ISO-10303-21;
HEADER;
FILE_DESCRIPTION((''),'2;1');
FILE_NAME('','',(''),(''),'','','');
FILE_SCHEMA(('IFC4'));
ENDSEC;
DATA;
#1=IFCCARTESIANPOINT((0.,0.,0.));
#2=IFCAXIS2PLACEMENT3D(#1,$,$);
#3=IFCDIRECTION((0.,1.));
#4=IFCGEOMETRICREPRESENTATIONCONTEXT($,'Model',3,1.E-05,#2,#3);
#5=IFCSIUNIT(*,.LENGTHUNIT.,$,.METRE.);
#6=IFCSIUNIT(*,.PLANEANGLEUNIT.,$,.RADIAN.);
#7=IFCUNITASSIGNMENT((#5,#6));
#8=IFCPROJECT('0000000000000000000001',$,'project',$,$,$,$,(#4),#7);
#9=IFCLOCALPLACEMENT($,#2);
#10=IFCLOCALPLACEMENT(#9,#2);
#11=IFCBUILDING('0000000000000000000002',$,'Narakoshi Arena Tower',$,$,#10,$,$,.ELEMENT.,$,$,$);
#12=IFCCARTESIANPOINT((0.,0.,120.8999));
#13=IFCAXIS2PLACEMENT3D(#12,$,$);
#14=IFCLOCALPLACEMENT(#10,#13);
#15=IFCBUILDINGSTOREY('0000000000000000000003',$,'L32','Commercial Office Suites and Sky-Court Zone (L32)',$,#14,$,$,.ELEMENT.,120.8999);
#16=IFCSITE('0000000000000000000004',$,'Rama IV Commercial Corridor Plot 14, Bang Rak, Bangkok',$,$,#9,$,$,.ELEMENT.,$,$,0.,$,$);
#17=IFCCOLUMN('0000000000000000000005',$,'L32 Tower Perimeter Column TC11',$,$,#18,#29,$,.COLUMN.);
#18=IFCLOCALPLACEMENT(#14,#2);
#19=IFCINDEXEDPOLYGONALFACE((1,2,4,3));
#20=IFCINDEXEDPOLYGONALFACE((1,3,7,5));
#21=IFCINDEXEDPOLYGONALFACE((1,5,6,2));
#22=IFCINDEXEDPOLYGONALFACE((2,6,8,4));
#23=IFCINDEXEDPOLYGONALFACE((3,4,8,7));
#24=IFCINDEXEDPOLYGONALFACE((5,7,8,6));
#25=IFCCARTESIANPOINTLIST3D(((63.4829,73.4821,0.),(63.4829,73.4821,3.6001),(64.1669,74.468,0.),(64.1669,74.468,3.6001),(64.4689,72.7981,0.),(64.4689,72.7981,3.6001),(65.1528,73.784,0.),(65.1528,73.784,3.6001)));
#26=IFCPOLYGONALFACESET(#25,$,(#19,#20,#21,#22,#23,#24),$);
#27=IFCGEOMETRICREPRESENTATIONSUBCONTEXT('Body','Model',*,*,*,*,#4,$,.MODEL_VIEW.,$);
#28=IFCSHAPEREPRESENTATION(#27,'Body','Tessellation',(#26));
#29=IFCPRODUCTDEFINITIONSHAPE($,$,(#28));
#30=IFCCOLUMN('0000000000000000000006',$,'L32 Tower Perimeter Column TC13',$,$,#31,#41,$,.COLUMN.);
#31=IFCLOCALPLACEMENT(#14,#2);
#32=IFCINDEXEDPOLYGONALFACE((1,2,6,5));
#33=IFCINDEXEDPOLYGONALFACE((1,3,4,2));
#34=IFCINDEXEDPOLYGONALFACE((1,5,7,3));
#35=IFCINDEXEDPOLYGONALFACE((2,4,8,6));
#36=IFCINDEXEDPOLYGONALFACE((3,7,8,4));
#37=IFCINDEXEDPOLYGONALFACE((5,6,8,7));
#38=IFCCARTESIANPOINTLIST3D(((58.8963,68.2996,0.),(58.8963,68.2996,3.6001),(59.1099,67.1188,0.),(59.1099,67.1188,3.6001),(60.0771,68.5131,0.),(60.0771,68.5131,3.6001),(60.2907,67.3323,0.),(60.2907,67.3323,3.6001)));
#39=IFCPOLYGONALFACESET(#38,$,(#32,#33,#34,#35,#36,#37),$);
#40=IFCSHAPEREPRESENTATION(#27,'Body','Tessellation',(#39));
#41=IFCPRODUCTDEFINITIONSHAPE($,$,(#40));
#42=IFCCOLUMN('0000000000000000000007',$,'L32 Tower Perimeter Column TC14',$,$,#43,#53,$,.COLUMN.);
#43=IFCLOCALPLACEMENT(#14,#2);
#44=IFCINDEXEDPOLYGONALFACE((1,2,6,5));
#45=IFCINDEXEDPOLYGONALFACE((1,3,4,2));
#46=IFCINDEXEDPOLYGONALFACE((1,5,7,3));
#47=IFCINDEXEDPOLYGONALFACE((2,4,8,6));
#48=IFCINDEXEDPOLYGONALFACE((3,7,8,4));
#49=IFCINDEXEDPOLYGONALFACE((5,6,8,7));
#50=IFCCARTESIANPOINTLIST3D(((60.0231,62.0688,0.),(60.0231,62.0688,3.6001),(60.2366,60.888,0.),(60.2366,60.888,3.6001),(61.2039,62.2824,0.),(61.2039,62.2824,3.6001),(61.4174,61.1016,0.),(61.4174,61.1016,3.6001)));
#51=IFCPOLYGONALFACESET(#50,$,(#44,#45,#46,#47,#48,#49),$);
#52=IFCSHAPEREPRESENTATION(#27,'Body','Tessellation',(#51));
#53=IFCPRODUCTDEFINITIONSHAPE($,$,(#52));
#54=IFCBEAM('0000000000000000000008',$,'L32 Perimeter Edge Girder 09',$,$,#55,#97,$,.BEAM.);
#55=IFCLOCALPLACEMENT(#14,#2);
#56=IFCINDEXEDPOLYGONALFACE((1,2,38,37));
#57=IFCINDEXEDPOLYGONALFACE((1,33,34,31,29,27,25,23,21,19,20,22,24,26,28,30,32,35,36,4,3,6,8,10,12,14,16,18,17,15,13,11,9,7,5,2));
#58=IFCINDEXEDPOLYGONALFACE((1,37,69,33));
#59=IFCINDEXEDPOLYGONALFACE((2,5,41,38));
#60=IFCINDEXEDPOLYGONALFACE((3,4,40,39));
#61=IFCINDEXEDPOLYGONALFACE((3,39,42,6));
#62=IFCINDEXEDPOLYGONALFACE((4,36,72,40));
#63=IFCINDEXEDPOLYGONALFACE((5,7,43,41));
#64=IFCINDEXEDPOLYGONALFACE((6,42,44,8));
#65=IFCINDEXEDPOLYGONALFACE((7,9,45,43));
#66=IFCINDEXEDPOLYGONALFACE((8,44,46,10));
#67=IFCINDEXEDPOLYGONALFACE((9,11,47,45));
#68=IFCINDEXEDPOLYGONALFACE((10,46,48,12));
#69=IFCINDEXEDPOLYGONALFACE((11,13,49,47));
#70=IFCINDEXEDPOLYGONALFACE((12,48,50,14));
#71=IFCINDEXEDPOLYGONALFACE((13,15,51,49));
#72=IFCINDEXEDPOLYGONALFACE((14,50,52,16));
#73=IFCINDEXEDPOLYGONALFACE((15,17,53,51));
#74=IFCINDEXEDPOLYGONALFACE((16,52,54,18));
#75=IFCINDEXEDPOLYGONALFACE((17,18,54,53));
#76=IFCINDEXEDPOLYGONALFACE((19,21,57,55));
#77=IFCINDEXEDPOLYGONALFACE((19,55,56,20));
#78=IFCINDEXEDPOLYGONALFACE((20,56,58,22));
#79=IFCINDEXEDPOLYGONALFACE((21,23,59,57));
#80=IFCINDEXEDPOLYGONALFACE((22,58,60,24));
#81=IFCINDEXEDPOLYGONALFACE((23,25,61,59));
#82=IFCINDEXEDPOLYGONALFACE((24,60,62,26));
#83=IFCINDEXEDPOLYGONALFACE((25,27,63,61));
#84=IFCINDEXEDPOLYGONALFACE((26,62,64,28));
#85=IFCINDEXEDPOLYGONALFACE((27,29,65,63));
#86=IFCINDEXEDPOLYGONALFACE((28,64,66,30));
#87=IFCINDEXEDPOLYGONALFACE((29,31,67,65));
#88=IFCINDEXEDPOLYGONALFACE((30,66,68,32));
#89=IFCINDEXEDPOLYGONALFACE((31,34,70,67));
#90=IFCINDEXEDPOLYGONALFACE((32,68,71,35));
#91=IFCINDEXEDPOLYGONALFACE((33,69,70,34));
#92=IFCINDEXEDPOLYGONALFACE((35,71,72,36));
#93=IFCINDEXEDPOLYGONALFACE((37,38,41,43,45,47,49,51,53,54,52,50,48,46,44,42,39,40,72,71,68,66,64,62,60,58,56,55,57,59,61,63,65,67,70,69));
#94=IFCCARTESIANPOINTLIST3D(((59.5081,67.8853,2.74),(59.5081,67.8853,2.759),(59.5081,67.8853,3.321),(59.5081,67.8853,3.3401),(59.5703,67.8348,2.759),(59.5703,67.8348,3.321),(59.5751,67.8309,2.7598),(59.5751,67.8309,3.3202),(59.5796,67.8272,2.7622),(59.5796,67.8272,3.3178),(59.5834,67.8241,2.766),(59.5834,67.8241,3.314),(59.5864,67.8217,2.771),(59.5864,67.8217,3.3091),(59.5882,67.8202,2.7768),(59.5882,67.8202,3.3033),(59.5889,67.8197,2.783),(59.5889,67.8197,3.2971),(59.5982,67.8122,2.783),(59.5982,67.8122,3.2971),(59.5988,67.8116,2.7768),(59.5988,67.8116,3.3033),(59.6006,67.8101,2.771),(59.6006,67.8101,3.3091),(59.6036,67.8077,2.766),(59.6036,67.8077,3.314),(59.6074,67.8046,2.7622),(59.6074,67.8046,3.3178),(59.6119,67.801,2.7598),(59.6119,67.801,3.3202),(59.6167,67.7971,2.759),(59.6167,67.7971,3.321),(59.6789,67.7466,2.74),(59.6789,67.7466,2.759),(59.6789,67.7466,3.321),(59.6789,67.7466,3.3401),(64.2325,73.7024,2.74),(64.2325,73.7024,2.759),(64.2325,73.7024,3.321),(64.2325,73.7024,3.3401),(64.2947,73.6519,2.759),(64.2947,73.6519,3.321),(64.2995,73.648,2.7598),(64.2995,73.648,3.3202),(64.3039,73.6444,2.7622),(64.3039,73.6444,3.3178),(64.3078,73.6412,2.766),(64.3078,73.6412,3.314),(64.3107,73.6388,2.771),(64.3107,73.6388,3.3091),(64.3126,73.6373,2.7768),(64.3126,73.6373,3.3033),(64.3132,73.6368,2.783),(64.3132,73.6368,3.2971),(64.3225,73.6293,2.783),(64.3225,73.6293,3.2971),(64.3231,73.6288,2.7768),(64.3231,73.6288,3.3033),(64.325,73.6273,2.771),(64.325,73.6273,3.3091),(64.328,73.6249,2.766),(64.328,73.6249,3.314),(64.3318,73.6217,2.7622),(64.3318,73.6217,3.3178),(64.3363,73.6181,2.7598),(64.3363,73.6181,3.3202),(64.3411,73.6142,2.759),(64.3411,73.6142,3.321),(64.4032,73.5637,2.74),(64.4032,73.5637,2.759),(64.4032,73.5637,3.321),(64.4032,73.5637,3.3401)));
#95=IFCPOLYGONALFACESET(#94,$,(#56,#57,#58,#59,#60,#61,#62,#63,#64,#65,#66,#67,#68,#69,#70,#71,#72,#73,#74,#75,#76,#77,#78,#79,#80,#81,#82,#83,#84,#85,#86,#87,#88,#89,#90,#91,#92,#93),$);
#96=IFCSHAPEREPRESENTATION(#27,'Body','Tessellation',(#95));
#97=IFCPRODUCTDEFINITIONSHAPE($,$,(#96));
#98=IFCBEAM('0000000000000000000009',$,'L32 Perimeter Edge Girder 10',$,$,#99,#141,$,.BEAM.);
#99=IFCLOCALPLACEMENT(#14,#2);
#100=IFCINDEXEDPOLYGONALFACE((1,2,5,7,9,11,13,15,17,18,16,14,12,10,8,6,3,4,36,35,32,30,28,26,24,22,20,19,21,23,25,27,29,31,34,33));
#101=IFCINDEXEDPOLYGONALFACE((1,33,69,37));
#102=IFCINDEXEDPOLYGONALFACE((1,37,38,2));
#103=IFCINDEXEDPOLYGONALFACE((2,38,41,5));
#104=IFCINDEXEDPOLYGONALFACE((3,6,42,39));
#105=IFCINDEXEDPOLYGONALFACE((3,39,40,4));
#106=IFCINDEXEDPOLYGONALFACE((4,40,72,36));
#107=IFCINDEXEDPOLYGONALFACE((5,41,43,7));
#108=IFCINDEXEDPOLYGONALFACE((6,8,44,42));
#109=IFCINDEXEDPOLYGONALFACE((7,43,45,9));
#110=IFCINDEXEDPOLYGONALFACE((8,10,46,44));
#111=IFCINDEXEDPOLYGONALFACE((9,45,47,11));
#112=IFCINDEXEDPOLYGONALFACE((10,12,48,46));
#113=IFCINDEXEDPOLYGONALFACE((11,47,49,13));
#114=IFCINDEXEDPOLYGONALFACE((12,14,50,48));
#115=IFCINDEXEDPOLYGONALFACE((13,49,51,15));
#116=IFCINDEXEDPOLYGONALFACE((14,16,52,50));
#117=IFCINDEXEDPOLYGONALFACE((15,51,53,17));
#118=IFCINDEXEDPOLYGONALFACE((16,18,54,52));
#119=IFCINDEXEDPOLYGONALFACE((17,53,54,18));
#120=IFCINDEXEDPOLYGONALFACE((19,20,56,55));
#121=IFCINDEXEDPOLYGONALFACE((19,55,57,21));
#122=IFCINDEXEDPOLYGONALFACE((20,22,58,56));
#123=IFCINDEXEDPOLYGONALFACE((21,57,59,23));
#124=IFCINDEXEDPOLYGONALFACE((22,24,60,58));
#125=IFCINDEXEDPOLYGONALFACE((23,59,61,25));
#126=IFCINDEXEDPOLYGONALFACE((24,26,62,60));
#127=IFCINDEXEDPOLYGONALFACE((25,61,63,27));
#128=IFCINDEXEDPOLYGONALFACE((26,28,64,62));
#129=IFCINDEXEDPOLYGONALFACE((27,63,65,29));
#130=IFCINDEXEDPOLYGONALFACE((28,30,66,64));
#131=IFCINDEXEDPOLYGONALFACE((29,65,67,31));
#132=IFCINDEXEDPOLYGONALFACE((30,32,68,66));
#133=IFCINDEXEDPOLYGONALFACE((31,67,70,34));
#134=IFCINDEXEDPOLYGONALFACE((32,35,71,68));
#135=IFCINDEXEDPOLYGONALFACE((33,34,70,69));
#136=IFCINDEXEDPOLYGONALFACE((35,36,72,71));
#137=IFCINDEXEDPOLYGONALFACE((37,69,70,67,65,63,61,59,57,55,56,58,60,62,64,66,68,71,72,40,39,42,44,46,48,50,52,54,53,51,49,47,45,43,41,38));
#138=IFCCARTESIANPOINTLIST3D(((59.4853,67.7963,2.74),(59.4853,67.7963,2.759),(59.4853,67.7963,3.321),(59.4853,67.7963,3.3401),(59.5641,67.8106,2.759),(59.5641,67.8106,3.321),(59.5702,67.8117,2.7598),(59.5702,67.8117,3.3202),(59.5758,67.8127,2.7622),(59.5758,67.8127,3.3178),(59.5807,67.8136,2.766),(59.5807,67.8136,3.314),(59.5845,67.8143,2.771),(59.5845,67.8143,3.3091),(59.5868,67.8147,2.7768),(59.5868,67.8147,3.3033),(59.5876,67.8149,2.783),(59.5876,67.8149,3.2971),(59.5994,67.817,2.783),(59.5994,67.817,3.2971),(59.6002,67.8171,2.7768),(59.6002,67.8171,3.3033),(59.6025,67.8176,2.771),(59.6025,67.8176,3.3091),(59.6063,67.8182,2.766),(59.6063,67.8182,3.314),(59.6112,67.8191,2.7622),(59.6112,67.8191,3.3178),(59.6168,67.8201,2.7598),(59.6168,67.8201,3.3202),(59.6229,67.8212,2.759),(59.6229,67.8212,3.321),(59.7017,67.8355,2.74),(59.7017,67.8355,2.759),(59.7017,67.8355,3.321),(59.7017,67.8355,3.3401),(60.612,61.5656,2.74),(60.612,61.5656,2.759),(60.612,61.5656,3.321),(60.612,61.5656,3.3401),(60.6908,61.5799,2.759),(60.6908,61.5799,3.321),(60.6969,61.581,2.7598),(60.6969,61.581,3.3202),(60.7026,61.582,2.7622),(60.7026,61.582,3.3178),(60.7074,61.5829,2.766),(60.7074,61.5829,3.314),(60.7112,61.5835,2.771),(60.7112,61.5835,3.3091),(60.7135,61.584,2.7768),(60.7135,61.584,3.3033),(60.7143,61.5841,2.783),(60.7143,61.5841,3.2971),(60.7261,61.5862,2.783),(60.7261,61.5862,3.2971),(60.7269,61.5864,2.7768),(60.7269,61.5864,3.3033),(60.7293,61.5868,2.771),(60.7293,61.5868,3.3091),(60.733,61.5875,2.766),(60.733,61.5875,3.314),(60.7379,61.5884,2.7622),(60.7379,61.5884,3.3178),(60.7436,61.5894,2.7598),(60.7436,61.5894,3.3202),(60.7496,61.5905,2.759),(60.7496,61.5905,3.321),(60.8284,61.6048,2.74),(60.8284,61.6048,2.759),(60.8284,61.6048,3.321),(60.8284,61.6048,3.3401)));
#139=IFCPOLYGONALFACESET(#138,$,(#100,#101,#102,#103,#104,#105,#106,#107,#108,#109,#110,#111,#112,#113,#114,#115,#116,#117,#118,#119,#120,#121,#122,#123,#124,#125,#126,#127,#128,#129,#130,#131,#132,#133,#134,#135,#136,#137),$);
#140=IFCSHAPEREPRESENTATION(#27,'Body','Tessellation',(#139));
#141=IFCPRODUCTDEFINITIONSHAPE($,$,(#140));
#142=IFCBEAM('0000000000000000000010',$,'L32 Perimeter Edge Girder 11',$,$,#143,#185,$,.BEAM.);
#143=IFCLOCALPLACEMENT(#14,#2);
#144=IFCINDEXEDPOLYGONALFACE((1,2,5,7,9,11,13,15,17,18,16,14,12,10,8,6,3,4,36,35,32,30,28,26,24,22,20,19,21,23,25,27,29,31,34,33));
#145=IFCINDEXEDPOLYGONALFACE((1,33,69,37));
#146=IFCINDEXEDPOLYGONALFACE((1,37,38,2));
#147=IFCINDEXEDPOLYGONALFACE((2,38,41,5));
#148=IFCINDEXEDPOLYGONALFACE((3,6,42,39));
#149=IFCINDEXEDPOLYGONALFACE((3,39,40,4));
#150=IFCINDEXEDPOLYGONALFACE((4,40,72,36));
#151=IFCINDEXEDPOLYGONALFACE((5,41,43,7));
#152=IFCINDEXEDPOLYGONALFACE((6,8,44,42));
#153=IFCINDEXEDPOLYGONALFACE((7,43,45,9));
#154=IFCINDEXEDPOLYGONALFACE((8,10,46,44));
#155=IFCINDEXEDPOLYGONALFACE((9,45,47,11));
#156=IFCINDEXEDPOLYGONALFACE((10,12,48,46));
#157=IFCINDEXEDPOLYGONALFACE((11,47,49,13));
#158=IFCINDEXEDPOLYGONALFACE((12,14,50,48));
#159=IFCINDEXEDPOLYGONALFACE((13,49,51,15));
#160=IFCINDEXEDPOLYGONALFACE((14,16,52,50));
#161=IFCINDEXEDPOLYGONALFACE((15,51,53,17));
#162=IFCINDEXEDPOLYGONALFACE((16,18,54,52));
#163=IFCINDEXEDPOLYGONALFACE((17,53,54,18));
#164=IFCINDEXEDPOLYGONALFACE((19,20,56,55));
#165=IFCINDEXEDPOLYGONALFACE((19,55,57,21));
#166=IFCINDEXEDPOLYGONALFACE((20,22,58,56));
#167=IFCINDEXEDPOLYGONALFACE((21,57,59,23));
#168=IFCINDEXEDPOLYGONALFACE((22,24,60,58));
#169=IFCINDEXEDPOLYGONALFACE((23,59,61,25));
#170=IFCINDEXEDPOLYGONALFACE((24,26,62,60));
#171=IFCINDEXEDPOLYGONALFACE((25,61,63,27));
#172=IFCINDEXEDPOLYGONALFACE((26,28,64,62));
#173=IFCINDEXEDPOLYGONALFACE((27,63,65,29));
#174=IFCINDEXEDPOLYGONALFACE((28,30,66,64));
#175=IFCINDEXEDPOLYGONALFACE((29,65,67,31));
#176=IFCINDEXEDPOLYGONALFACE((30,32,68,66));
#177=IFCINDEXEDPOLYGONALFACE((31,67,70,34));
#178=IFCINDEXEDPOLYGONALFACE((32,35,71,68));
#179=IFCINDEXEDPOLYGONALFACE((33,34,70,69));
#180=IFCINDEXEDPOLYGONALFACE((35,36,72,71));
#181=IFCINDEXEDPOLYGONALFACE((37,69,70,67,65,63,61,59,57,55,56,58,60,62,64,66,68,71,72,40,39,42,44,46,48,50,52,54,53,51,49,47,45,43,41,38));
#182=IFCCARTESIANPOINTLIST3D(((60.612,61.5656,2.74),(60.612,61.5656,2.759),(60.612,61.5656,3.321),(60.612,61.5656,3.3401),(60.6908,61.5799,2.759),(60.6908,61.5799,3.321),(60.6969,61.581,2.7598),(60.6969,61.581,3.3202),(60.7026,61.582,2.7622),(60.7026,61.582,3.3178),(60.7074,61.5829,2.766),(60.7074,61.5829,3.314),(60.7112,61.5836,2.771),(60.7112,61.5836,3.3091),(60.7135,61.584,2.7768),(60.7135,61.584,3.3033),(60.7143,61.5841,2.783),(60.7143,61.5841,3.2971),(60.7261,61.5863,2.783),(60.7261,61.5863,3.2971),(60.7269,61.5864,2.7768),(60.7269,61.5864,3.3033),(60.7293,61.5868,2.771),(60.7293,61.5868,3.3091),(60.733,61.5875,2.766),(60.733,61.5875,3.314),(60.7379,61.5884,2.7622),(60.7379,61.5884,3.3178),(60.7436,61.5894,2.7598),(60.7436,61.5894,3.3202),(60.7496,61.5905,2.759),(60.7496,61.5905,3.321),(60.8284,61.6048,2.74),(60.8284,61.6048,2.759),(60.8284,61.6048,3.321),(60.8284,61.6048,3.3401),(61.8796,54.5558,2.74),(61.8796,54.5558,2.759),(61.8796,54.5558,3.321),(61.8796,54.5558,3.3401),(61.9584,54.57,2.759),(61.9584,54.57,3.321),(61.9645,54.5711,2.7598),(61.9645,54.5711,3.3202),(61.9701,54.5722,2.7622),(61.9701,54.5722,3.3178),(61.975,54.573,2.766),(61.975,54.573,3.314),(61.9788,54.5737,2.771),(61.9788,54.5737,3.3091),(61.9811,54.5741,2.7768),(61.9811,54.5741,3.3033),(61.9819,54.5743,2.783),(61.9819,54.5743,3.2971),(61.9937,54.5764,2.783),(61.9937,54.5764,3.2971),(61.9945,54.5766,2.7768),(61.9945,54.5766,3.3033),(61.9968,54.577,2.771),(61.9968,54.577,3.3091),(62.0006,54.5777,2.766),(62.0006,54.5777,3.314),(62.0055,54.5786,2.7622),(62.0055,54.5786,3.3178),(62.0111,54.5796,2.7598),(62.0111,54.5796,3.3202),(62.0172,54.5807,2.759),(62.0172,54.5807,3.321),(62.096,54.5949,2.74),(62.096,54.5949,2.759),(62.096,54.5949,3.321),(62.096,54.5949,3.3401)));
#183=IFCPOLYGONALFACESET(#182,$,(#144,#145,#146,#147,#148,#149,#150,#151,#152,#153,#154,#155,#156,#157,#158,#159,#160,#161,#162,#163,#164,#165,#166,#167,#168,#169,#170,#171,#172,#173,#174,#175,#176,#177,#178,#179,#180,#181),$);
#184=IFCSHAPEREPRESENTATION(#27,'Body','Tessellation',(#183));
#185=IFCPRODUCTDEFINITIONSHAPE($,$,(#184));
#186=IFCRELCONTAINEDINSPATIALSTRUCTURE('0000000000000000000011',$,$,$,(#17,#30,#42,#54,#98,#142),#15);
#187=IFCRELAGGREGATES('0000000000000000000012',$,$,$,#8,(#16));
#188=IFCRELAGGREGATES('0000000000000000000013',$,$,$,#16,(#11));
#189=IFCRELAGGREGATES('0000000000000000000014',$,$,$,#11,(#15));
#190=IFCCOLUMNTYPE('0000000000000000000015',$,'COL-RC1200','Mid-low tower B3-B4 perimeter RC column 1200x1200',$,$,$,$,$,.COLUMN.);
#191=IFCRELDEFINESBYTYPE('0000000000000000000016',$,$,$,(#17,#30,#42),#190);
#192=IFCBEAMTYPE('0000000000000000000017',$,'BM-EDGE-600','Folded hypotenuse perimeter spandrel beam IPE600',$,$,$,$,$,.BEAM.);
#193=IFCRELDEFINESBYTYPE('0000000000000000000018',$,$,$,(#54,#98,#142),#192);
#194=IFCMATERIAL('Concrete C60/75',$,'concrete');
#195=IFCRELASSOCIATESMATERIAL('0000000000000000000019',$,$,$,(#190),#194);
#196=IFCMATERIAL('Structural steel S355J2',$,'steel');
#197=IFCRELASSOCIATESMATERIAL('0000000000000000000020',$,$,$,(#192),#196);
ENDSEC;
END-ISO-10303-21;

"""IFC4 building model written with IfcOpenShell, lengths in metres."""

from ifc_helpers import new_model, si_unit, direction, frame, origin, origin_2d, place, context, subcontext, project, spatial, rectangle, i_section, extrude, material, material_profile, profile_set, type_object, element, save


model = new_model("IFC4")

# Units and contexts
model_context = context("Model", 3, precision=1e-05, world=origin(), true_north=direction((0.0, 1.0)))
body_context = subcontext(model_context, "Body", "Model", "MODEL_VIEW")
ifc_project = project(units=[si_unit("LENGTHUNIT", "METRE"), si_unit("PLANEANGLEUNIT", "RADIAN")], contexts=[model_context])

# Site, building, storey
site_placement = place(None, origin())
site = spatial("IfcSite", under=ifc_project, at=site_placement, Name="Rama IV Commercial Corridor Plot 14, Bang Rak, Bangkok", CompositionType="ELEMENT", RefElevation=0.0)
building_placement = place(site_placement, origin())
building = spatial("IfcBuilding", under=site, at=building_placement, Name="Narakoshi Arena Tower", CompositionType="ELEMENT")
storey_placement = place(building_placement, frame((0.0, 0.0, 120.8999)))
storey = spatial("IfcBuildingStorey", under=building, at=storey_placement, Name="L32", Description="Commercial Office Suites and Sky-Court Zone (L32)", CompositionType="ELEMENT", Elevation=120.8999)

# Columns
ifc_material_1 = material(Name="Concrete C60/75", Category="concrete")
ifc_material_profile_1 = material_profile(ifc_material_1, rectangle(XDim=1.2, YDim=1.2, at=origin_2d()), Name="RC1200x1200")
ifc_profile_set_1 = profile_set([ifc_material_profile_1], Name="Concrete C60/75")
column_type = type_object("IfcColumnType", Name="COL-RC1200", Description="Mid-low tower B3-B4 perimeter RC column 1200x1200", PredefinedType="COLUMN", material=ifc_profile_set_1)
for number, where, z_axis, x_axis, name in (
    (1, (64.3179, 73.6331, 0.0), (0.0, 0.0, 1.0), (0.569997, 0.821647, 0.0), "L32 Tower Perimeter Column TC11"),
    (2, (59.5935, 67.8159, 0.0), (0.0, 0.0, 1.0), (-0.177944, 0.984041, 0.0), "L32 Tower Perimeter Column TC13"),
    (3, (60.7202, 61.5852, 0.0), (0.0, 0.0, 1.0), (-0.177944, 0.984041, 0.0), "L32 Tower Perimeter Column TC14"),
):
    element("IfcColumn", number, at=place(storey_placement, frame(where, z_axis=z_axis, x_axis=x_axis)), inside=storey, type_object=column_type, Name=name, PredefinedType="COLUMN", context=body_context, shape_type="SweptSolid", body=[
        extrude(rectangle(XDim=1.2, YDim=1.2, at=origin_2d()), origin(), (0.0, 0.0, 1.0), 3.6001),
    ])

# Beams
ifc_material_2 = material(Name="Structural steel S355J2", Category="steel")
ifc_material_profile_2 = material_profile(ifc_material_2, i_section(OverallWidth=0.22, OverallDepth=0.6001, WebThickness=0.012, FlangeThickness=0.019, FilletRadius=0.0239, at=origin_2d()), Name="IPE600")
ifc_profile_set_2 = profile_set([ifc_material_profile_2], Name="Structural steel S355J2")
beam_type_1 = type_object("IfcBeamType", Name="BM-EDGE-600", Description="Folded hypotenuse perimeter spandrel beam IPE600", PredefinedType="BEAM", material=ifc_profile_set_2)
beam_1_placement = place(storey_placement, frame((64.3179, 73.6331, 3.04), z_axis=(-0.630427, -0.776249, 0.0), x_axis=(0.776249, -0.630427, 0.0)))
element("IfcBeam", 4, at=beam_1_placement, inside=storey, type_object=beam_type_1, Name="L32 Perimeter Edge Girder 09", PredefinedType="BEAM", context=body_context, shape_type="SweptSolid", body=[
    extrude(i_section(OverallWidth=0.22, OverallDepth=0.6001, WebThickness=0.012, FlangeThickness=0.019, FilletRadius=0.0239, at=origin_2d()), origin(), (0.0, 0.0, 1.0), 7.4939),
])
beam_2_placement = place(storey_placement, frame((59.5935, 67.8159, 3.04), z_axis=(0.177945, -0.98404, 0.0), x_axis=(0.98404, 0.177945, 0.0)))
element("IfcBeam", 5, at=beam_2_placement, inside=storey, type_object=beam_type_1, Name="L32 Perimeter Edge Girder 10", PredefinedType="BEAM", context=body_context, shape_type="SweptSolid", body=[
    extrude(i_section(OverallWidth=0.22, OverallDepth=0.6001, WebThickness=0.012, FlangeThickness=0.019, FilletRadius=0.0239, at=origin_2d()), origin(), (0.0, 0.0, 1.0), 6.3318),
])
beam_3_placement = place(storey_placement, frame((60.7202, 61.5852, 3.04), z_axis=(0.177944, -0.984041, 0.0), x_axis=(0.984041, 0.177944, 0.0)))
element("IfcBeam", 6, at=beam_3_placement, inside=storey, type_object=beam_type_1, Name="L32 Perimeter Edge Girder 11", PredefinedType="BEAM", context=body_context, shape_type="SweptSolid", body=[
    extrude(i_section(OverallWidth=0.22, OverallDepth=0.6001, WebThickness=0.012, FlangeThickness=0.019, FilletRadius=0.0239, at=origin_2d()), origin(), (0.0, 0.0, 1.0), 7.1235),
])

save(model, "model.ifc")
